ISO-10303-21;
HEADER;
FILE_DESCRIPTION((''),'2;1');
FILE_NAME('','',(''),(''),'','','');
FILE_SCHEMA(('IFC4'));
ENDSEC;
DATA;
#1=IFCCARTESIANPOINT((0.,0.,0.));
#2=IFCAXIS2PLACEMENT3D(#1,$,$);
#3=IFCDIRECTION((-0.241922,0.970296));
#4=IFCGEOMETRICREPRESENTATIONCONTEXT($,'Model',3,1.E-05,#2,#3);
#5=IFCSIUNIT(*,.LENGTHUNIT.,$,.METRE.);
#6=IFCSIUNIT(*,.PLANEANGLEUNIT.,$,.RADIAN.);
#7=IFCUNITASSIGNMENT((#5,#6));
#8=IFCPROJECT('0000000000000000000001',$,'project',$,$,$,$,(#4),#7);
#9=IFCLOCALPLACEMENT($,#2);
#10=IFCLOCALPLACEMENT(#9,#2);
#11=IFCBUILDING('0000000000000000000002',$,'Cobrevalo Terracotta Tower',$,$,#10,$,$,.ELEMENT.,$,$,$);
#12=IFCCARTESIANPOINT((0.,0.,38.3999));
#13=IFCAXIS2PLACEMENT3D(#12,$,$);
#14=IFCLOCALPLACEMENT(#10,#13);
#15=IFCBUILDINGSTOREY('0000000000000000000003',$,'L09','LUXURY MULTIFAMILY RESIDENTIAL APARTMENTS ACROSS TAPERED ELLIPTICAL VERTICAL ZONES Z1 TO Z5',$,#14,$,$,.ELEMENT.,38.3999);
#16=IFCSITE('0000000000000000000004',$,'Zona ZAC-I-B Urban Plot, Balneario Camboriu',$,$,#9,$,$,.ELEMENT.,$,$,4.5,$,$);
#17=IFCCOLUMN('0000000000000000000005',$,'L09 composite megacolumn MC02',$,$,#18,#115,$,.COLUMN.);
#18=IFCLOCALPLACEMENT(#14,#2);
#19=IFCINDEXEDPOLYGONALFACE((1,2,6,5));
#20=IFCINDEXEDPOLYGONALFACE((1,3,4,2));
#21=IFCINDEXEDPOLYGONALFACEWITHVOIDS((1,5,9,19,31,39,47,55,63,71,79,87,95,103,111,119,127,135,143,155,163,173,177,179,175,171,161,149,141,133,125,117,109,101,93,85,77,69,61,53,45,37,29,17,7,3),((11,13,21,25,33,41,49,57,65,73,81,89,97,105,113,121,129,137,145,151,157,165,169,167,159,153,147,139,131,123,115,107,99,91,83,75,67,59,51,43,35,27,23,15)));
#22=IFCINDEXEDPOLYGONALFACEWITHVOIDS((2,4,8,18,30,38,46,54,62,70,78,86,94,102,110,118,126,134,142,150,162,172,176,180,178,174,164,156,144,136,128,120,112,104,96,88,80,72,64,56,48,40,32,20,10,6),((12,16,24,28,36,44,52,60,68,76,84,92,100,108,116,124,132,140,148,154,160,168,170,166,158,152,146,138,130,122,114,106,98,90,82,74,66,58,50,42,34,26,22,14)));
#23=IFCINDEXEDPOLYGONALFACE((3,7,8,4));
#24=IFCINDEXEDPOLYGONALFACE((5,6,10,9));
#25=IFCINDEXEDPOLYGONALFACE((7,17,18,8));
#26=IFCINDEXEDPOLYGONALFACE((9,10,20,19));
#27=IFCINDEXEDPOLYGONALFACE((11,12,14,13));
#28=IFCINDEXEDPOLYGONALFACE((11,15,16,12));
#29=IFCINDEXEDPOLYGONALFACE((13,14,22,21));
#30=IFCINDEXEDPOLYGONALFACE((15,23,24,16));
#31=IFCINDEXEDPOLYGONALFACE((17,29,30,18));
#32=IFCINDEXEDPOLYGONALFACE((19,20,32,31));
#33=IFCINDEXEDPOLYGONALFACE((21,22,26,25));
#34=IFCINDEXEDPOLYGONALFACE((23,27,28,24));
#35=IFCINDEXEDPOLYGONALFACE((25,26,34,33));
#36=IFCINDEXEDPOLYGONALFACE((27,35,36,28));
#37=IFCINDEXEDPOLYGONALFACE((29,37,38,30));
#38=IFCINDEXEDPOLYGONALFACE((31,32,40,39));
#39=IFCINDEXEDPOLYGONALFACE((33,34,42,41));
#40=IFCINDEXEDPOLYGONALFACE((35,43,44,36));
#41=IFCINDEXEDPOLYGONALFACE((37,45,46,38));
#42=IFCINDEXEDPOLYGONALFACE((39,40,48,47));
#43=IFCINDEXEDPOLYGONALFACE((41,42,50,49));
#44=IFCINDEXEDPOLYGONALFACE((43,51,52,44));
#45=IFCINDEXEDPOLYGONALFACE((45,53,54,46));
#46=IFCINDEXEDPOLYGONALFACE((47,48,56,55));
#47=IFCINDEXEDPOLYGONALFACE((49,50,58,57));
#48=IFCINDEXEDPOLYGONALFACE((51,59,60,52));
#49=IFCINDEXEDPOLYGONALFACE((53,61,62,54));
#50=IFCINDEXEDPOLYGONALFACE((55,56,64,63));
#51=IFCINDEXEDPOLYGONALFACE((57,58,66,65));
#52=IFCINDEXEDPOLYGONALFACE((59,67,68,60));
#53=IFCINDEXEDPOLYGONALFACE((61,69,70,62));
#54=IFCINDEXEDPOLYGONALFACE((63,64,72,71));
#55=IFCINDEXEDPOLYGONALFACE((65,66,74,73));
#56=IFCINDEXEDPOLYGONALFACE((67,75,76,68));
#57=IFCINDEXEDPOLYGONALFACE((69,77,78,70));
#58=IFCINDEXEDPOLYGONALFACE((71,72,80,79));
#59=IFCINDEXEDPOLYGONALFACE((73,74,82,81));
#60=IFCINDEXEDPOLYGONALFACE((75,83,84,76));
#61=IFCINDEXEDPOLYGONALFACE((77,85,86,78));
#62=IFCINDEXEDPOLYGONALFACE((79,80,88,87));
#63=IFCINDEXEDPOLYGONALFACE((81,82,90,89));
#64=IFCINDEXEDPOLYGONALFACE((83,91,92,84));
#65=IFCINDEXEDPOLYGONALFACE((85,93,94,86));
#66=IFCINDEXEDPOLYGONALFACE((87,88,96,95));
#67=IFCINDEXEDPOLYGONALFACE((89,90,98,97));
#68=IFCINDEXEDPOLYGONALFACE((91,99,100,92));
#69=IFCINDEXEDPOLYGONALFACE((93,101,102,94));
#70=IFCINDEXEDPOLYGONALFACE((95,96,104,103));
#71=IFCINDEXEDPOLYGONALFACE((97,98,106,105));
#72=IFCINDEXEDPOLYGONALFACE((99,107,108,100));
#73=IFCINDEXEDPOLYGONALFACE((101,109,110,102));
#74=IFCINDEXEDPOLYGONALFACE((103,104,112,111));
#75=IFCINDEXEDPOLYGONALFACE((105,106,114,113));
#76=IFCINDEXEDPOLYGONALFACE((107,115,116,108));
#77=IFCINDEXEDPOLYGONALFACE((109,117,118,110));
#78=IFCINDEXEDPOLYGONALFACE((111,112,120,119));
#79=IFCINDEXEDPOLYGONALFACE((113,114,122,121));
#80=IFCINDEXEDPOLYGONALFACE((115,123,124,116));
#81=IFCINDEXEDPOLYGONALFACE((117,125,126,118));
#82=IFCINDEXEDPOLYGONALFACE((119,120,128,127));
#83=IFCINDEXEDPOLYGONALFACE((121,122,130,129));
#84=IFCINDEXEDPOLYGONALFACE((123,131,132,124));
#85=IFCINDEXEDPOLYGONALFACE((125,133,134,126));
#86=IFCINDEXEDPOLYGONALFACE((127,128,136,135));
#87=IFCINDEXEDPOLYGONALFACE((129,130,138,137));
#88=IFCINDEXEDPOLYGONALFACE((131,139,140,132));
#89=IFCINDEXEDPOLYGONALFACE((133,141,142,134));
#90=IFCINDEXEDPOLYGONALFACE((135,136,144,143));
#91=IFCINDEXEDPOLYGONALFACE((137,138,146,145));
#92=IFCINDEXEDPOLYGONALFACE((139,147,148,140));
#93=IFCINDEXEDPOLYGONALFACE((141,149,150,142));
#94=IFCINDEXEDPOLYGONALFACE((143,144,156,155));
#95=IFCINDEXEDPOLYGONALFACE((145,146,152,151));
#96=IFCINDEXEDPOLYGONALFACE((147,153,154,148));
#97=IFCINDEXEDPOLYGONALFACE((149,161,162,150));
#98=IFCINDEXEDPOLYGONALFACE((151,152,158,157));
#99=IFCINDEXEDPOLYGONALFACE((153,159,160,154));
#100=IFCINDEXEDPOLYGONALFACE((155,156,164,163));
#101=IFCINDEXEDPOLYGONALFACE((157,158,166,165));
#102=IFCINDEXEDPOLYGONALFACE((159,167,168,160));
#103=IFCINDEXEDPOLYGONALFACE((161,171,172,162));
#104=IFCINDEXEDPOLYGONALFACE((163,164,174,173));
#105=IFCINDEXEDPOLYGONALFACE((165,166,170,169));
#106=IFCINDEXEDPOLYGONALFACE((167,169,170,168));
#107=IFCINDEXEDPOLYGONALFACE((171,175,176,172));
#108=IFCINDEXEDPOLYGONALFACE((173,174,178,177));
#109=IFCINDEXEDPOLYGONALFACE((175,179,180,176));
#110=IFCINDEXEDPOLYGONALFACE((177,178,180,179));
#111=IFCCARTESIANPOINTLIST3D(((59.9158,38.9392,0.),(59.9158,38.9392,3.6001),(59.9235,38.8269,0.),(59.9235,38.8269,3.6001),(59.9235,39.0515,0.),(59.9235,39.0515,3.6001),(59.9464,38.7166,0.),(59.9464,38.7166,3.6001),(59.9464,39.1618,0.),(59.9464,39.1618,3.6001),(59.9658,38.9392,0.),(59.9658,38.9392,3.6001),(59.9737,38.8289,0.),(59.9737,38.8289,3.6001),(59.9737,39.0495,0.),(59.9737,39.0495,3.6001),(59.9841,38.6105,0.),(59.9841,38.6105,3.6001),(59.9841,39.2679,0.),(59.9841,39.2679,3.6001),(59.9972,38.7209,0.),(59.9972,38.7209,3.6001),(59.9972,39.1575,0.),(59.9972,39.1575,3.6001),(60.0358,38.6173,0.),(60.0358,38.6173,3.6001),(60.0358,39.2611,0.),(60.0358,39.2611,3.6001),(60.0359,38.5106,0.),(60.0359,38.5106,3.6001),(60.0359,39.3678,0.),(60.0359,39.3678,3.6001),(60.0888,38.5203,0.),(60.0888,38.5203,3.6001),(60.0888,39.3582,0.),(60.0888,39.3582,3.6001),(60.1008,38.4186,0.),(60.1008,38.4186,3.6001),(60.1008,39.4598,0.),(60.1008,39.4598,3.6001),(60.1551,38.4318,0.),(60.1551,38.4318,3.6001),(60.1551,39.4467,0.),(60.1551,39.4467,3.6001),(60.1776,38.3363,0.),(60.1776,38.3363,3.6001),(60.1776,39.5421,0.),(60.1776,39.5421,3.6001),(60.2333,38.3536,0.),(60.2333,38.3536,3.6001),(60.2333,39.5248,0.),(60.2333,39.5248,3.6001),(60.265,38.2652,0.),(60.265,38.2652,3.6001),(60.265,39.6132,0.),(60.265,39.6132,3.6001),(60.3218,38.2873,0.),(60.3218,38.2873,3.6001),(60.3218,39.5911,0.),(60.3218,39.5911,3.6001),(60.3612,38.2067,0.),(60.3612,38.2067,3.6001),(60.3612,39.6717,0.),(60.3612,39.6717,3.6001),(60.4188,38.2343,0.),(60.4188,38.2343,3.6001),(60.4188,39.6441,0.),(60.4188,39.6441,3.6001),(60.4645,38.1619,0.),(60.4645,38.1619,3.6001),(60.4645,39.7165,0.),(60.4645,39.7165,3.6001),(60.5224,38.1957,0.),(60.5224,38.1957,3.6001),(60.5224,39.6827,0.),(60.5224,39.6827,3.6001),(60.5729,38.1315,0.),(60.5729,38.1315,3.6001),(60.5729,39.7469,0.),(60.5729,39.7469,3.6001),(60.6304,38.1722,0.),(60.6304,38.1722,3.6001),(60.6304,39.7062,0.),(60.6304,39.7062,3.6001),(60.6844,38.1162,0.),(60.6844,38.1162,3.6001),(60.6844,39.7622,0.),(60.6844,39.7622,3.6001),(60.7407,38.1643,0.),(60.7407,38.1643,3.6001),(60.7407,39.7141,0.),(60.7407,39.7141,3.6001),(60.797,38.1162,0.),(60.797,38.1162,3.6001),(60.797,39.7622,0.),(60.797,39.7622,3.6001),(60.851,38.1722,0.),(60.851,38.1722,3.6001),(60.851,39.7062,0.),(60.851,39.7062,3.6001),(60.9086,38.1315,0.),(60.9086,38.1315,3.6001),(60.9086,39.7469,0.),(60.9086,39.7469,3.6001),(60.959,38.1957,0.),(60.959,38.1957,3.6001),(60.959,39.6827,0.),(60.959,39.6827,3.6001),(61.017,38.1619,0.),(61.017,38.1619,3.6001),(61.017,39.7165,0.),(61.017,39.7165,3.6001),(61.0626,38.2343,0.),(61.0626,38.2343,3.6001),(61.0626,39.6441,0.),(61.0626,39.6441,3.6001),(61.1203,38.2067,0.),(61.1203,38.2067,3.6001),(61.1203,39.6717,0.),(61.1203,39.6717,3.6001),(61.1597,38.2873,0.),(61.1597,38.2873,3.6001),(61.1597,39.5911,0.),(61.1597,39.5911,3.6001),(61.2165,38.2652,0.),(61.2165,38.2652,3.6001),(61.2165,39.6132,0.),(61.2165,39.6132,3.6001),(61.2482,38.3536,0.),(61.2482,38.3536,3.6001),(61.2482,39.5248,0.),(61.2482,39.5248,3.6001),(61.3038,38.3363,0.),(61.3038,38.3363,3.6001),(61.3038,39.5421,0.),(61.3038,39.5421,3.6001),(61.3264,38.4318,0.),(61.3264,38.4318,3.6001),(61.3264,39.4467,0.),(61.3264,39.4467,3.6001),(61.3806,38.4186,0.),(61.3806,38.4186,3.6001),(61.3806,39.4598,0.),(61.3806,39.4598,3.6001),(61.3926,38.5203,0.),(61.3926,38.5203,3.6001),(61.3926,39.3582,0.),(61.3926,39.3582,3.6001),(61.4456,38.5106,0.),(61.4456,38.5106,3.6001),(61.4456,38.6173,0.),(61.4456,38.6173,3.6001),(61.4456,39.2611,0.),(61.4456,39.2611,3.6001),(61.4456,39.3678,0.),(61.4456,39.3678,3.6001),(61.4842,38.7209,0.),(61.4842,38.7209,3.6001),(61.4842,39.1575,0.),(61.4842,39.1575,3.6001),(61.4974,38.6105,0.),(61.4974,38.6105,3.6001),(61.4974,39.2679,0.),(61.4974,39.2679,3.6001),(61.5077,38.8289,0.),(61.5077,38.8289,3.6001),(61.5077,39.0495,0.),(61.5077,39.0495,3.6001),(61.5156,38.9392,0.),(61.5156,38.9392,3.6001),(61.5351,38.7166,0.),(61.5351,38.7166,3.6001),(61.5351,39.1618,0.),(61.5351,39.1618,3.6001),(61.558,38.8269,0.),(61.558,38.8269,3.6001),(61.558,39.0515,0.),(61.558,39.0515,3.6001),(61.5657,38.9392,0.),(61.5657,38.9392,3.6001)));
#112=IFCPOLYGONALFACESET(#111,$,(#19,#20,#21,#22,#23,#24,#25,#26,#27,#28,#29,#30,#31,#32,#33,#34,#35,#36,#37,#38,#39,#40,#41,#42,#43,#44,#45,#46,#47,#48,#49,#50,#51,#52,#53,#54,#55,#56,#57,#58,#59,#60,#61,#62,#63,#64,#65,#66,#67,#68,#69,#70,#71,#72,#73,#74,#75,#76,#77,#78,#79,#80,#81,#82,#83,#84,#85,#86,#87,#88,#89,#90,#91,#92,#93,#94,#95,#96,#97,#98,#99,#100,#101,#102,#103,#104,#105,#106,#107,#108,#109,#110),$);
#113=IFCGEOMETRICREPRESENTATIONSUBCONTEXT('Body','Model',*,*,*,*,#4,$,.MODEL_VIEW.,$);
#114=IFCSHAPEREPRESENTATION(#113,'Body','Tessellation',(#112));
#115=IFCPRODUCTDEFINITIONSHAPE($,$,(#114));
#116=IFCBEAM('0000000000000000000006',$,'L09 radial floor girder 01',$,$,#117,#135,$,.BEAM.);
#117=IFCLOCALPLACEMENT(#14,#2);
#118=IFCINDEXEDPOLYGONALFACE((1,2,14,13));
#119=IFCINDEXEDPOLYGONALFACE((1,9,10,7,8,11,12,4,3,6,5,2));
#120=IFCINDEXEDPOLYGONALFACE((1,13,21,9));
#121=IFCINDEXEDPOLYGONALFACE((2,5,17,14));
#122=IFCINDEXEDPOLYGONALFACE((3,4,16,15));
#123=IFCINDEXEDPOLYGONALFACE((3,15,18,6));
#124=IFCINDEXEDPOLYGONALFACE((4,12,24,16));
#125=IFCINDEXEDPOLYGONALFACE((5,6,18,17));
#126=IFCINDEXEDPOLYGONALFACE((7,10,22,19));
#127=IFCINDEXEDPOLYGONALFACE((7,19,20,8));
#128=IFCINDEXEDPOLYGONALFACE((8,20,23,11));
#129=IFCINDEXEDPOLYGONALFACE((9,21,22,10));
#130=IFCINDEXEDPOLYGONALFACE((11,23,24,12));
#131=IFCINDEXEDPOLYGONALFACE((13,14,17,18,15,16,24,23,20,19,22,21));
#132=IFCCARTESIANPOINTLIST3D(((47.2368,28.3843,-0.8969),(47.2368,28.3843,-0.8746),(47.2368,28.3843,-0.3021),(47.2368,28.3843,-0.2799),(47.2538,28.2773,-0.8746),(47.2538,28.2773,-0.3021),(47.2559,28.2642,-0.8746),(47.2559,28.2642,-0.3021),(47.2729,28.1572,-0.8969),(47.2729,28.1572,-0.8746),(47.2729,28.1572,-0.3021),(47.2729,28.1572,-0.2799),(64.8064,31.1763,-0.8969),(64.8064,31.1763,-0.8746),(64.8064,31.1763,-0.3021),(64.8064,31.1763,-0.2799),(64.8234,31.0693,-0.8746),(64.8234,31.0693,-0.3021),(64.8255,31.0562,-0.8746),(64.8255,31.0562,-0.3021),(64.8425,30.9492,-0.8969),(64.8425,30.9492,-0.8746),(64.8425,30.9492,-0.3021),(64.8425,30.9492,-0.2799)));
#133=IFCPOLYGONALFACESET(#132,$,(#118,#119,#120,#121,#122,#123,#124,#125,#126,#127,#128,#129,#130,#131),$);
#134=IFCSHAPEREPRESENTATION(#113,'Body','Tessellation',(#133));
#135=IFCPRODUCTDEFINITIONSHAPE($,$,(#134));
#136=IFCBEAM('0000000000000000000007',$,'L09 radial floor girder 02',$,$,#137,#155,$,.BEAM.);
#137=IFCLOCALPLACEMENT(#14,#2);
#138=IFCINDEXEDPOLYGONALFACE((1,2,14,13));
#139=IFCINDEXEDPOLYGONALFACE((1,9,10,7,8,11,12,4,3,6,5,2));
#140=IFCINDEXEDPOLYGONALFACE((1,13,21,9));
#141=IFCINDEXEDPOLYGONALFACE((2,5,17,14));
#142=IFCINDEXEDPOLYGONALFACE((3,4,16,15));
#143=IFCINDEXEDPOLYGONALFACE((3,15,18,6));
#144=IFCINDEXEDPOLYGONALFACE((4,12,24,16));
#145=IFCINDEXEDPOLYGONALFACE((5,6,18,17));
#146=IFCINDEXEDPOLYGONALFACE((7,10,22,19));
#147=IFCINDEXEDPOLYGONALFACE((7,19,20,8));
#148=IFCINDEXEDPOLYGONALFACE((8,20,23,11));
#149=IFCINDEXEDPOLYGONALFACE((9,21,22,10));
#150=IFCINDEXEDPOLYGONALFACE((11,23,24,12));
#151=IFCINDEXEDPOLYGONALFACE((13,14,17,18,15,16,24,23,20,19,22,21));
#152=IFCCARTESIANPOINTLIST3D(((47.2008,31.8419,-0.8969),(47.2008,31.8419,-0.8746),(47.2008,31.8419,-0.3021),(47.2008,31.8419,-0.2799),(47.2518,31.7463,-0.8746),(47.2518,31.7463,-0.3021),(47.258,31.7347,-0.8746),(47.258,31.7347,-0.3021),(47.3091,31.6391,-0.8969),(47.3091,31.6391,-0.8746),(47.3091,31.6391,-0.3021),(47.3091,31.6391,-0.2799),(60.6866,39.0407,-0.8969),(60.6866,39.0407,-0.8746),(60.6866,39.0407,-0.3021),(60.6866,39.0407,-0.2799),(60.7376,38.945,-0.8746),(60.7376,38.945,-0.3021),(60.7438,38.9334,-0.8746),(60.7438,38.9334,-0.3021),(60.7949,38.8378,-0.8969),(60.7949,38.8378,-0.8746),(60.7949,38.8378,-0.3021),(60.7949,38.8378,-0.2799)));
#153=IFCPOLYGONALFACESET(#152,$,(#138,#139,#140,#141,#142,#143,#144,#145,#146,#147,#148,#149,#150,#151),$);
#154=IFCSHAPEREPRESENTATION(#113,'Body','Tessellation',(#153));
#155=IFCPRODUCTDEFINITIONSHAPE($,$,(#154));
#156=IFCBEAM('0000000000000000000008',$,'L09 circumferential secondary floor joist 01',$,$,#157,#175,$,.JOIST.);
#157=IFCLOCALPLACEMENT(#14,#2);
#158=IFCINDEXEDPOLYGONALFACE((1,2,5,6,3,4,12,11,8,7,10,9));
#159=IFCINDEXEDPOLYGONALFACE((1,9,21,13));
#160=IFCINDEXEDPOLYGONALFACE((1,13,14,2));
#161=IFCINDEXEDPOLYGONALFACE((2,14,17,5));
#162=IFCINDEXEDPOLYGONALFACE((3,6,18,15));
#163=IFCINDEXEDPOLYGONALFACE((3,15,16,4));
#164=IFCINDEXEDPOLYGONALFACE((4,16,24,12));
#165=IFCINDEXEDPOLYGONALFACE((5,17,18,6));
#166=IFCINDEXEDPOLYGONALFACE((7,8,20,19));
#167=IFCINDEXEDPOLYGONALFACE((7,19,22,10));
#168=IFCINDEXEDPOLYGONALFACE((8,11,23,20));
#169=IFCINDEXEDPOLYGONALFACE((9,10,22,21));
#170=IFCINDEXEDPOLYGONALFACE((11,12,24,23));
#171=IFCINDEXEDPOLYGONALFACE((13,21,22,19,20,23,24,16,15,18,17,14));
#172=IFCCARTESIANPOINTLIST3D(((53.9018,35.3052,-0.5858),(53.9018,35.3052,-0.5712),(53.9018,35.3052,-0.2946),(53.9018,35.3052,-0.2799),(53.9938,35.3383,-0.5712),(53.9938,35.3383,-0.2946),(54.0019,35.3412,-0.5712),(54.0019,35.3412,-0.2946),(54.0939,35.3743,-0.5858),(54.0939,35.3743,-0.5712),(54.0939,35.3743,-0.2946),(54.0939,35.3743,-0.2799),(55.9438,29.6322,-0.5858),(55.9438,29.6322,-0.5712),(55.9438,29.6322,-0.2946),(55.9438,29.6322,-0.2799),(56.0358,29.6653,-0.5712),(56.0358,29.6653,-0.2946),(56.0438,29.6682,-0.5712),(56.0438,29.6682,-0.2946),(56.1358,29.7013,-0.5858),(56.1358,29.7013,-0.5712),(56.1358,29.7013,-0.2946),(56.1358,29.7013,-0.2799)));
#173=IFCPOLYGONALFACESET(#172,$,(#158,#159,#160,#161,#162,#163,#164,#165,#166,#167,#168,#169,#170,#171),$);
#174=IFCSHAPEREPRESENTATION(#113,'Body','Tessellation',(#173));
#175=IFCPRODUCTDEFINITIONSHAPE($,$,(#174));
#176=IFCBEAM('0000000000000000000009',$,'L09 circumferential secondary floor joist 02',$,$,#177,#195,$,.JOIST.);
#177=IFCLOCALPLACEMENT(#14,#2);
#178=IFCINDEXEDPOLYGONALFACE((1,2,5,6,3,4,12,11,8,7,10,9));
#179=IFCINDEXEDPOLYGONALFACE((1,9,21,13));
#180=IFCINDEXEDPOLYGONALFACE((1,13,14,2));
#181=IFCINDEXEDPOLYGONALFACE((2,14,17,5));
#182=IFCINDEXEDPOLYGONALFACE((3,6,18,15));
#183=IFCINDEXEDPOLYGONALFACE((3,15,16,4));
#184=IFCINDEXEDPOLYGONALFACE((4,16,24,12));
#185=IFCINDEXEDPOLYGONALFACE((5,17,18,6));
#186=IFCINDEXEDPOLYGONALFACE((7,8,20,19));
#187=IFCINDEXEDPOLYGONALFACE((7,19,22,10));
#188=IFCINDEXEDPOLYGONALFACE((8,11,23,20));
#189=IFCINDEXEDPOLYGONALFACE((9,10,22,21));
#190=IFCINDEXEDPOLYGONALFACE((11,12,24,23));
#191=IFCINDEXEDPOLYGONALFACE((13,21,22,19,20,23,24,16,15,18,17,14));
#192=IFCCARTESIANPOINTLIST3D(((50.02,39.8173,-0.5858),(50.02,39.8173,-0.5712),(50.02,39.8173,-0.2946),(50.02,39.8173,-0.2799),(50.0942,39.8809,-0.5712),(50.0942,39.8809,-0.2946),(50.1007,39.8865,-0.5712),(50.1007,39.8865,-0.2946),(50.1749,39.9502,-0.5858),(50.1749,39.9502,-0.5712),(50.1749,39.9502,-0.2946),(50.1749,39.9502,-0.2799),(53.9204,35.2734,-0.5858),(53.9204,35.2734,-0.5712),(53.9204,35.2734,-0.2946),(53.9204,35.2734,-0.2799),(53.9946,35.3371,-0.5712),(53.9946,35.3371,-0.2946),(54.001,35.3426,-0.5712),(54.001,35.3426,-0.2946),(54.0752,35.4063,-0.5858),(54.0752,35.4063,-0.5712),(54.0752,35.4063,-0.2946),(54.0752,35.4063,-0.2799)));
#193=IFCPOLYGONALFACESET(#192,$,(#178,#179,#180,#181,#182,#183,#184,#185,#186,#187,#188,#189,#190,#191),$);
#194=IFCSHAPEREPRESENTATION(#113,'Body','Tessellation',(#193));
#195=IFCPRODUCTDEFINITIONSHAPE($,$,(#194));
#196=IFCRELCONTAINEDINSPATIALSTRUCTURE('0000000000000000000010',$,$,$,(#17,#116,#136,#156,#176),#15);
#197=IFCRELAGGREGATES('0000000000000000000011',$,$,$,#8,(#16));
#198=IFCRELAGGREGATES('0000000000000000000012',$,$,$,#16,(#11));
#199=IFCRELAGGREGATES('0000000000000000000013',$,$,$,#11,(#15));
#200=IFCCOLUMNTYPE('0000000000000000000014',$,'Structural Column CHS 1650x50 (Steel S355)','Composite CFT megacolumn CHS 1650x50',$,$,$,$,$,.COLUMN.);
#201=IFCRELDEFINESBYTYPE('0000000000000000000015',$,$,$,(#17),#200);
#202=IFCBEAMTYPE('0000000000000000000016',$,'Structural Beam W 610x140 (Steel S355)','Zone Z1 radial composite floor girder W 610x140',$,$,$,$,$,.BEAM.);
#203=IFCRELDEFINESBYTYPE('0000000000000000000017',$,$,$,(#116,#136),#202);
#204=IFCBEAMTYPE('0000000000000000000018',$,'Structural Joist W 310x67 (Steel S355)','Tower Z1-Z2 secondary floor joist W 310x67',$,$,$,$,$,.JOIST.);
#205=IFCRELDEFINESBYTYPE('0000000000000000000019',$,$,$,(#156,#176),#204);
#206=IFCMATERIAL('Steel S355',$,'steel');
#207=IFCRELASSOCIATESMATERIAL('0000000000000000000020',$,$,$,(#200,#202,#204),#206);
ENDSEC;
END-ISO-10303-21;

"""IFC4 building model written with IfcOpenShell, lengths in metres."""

from ifc_helpers import new_model, si_unit, direction, frame, origin, origin_2d, place, context, subcontext, project, spatial, hollow_circle, i_section, extrude, material, material_profile, profile_set, type_object, element, save


model = new_model("IFC4")

# Units and contexts
model_context = context("Model", 3, precision=1e-05, world=origin(), true_north=direction((-0.241922, 0.970296)))
body_context = subcontext(model_context, "Body", "Model", "MODEL_VIEW")
ifc_project = project(units=[si_unit("LENGTHUNIT", "METRE"), si_unit("PLANEANGLEUNIT", "RADIAN")], contexts=[model_context])

# Site, building, storey
site_placement = place(None, origin())
site = spatial("IfcSite", under=ifc_project, at=site_placement, Name="Zona ZAC-I-B Urban Plot, Balneario Camboriu", CompositionType="ELEMENT", RefElevation=4.5)
building_placement = place(site_placement, origin())
building = spatial("IfcBuilding", under=site, at=building_placement, Name="Cobrevalo Terracotta Tower", CompositionType="ELEMENT")
storey_placement = place(building_placement, frame((0.0, 0.0, 38.3999)))
storey = spatial("IfcBuildingStorey", under=building, at=storey_placement, Name="L09", Description="LUXURY MULTIFAMILY RESIDENTIAL APARTMENTS ACROSS TAPERED ELLIPTICAL VERTICAL ZONES Z1 TO Z5", CompositionType="ELEMENT", Elevation=38.3999)

# Column
ifc_material_1 = material(Name="Steel S355", Category="steel")
ifc_material_profile_1 = material_profile(ifc_material_1, hollow_circle(Radius=0.825, WallThickness=0.05, at=origin_2d()), Name="CHS 1650x50")
ifc_profile_set_1 = profile_set([ifc_material_profile_1], Name="Steel S355")
column_type = type_object("IfcColumnType", Name="Structural Column CHS 1650x50 (Steel S355)", Description="Composite CFT megacolumn CHS 1650x50", PredefinedType="COLUMN", material=ifc_profile_set_1)
for number, where, z_axis, x_axis, name in (
    (1, (60.7407, 38.9392, 0.0), (0.0, 0.0, 1.0), (1.0, 0.0, 0.0), "L09 composite megacolumn MC02"),
):
    element("IfcColumn", number, at=place(storey_placement, frame(where, z_axis=z_axis, x_axis=x_axis)), inside=storey, type_object=column_type, Name=name, PredefinedType="COLUMN", context=body_context, shape_type="SweptSolid", body=[
        extrude(hollow_circle(Radius=0.825, WallThickness=0.05, at=origin_2d()), origin(), (0.0, 0.0, 1.0), 3.6001),
    ])

# Beams
ifc_material_profile_2 = material_profile(ifc_material_1, i_section(OverallWidth=0.23, OverallDepth=0.6169, WebThickness=0.0132, FlangeThickness=0.0222, at=origin_2d()), Name="W 610x140")
ifc_profile_set_2 = profile_set([ifc_material_profile_2], Name="Steel S355")
beam_type_1 = type_object("IfcBeamType", Name="Structural Beam W 610x140 (Steel S355)", Description="Zone Z1 radial composite floor girder W 610x140", PredefinedType="BEAM", material=ifc_profile_set_2)
beam_1_placement = place(storey_placement, frame((64.8245, 31.0627, -0.5884), z_axis=(-0.987608, -0.156941, 0.0), x_axis=(0.156941, -0.987608, 0.0)))
element("IfcBeam", 2, at=beam_1_placement, inside=storey, type_object=beam_type_1, Name="L09 radial floor girder 01", PredefinedType="BEAM", context=body_context, shape_type="SweptSolid", body=[
    extrude(i_section(OverallWidth=0.23, OverallDepth=0.6169, WebThickness=0.0132, FlangeThickness=0.0222, at=origin_2d()), origin(), (0.0, 0.0, 1.0), 17.79),
])
beam_2_placement = place(storey_placement, frame((60.7407, 38.9392, -0.5884), z_axis=(-0.882182, -0.470908, 0.0), x_axis=(0.470908, -0.882182, 0.0)))
element("IfcBeam", 3, at=beam_2_placement, inside=storey, type_object=beam_type_1, Name="L09 radial floor girder 02", PredefinedType="BEAM", context=body_context, shape_type="SweptSolid", body=[
    extrude(i_section(OverallWidth=0.23, OverallDepth=0.6169, WebThickness=0.0132, FlangeThickness=0.0222, at=origin_2d()), origin(), (0.0, 0.0, 1.0), 15.2869),
])
ifc_material_profile_3 = material_profile(ifc_material_1, i_section(OverallWidth=0.2041, OverallDepth=0.3059, WebThickness=0.0085, FlangeThickness=0.0146, at=origin_2d()), Name="W 310x67")
ifc_profile_set_3 = profile_set([ifc_material_profile_3], Name="Steel S355")
beam_type_2 = type_object("IfcBeamType", Name="Structural Joist W 310x67 (Steel S355)", Description="Tower Z1-Z2 secondary floor joist W 310x67", PredefinedType="JOIST", material=ifc_profile_set_3)
beam_3_placement = place(storey_placement, frame((56.0398, 29.6667, -0.4329), z_axis=(-0.338672, 0.940904, 0.0), x_axis=(-0.940904, -0.338672, 0.0)))
element("IfcBeam", 4, at=beam_3_placement, inside=storey, type_object=beam_type_2, Name="L09 circumferential secondary floor joist 01", PredefinedType="JOIST", context=body_context, shape_type="SweptSolid", body=[
    extrude(i_section(OverallWidth=0.2041, OverallDepth=0.3059, WebThickness=0.0085, FlangeThickness=0.0146, at=origin_2d()), origin(), (0.0, 0.0, 1.0), 6.0293),
])
beam_4_placement = place(storey_placement, frame((53.9978, 35.3398, -0.4329), z_axis=(-0.651328, 0.758796, 0.0), x_axis=(-0.758796, -0.651328, 0.0)))
element("IfcBeam", 5, at=beam_4_placement, inside=storey, type_object=beam_type_2, Name="L09 circumferential secondary floor joist 02", PredefinedType="JOIST", context=body_context, shape_type="SweptSolid", body=[
    extrude(i_section(OverallWidth=0.2041, OverallDepth=0.3059, WebThickness=0.0085, FlangeThickness=0.0146, at=origin_2d()), origin(), (0.0, 0.0, 1.0), 5.9883),
])

save(model, "model.ifc")
